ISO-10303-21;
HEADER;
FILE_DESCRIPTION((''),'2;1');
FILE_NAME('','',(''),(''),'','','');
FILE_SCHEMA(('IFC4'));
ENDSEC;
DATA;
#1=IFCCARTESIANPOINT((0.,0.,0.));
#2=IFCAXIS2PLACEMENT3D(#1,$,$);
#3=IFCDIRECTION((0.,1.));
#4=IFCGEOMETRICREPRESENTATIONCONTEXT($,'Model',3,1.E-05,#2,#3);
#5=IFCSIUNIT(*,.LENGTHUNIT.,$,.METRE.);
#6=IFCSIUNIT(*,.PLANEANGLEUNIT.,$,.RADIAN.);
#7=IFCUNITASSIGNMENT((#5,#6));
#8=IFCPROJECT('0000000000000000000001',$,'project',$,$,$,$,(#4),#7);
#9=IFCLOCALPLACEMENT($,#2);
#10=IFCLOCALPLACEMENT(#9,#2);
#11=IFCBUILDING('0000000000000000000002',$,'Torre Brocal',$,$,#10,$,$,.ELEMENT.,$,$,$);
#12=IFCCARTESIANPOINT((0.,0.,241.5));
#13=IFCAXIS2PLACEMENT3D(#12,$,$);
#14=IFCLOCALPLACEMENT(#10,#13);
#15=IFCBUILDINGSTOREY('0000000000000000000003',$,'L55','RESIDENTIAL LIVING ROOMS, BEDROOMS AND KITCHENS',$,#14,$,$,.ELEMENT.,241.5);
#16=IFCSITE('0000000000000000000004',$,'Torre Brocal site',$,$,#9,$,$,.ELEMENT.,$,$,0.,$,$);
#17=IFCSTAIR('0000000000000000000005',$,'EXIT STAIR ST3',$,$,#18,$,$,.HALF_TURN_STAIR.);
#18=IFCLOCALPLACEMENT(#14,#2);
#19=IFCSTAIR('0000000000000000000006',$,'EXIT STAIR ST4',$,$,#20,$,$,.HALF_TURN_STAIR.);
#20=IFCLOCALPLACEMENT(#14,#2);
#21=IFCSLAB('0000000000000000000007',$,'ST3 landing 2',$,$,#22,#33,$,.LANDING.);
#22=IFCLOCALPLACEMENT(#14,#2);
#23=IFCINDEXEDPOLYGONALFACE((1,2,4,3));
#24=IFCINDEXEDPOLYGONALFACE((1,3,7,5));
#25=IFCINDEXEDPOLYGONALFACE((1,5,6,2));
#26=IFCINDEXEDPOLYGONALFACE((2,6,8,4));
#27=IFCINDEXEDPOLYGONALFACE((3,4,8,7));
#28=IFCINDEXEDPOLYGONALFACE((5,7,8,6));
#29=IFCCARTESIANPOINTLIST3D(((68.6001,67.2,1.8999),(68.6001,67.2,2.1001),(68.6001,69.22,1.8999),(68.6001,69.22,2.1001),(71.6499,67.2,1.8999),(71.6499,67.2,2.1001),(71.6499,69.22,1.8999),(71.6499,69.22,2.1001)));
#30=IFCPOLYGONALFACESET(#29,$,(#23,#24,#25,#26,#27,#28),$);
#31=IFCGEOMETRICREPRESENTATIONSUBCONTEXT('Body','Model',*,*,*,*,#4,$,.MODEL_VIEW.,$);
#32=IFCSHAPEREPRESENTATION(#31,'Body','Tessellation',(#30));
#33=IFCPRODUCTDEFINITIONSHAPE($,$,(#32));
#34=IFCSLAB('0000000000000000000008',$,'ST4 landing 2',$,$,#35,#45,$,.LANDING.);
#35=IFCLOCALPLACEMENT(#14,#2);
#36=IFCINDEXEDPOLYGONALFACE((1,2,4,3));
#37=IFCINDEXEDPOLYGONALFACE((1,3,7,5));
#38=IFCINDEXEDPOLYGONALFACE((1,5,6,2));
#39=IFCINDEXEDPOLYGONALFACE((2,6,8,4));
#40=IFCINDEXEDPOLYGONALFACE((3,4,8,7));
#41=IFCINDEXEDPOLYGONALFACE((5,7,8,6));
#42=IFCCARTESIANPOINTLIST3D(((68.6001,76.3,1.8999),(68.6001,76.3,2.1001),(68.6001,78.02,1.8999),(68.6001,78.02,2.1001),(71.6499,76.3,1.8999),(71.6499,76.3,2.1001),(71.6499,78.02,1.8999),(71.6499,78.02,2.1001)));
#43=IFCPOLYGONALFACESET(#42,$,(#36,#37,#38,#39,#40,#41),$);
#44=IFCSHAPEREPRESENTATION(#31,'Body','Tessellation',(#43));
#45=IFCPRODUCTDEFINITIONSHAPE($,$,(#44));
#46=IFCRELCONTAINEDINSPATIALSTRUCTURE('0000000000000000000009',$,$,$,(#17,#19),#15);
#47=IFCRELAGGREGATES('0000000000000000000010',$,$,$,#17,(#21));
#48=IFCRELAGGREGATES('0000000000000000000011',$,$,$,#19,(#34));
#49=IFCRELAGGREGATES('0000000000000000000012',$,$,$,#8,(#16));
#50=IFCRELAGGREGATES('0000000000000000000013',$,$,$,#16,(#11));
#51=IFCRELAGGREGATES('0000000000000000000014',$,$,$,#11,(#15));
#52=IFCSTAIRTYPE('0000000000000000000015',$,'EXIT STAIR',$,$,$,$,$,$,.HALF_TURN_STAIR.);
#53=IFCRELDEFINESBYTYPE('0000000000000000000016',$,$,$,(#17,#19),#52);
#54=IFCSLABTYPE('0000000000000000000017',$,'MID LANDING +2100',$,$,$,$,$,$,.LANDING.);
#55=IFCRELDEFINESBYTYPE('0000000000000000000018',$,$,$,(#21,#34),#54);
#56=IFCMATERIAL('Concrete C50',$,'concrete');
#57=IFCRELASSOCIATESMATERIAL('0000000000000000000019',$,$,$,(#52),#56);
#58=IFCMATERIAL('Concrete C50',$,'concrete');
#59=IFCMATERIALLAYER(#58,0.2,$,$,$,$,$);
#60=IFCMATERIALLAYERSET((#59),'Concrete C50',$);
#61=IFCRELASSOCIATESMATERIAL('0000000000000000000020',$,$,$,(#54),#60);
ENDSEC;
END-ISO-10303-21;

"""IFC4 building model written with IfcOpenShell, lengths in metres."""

from ifc_helpers import new_model, si_unit, direction, frame, origin, place, context, subcontext, project, spatial, polyline, outline, extrude, material, layer, layer_set, type_object, element, aggregate, save


model = new_model("IFC4")

# Units and contexts
model_context = context("Model", 3, precision=1e-05, world=origin(), true_north=direction((0.0, 1.0)))
body_context = subcontext(model_context, "Body", "Model", "MODEL_VIEW")
ifc_project = project(units=[si_unit("LENGTHUNIT", "METRE"), si_unit("PLANEANGLEUNIT", "RADIAN")], contexts=[model_context])

# Site, building, storey
site_placement = place(None, origin())
site = spatial("IfcSite", under=ifc_project, at=site_placement, Name="Torre Brocal site", CompositionType="ELEMENT", RefElevation=0.0)
building_placement = place(site_placement, origin())
building = spatial("IfcBuilding", under=site, at=building_placement, Name="Torre Brocal", CompositionType="ELEMENT")
storey_placement = place(building_placement, frame((0.0, 0.0, 241.5)))
storey = spatial("IfcBuildingStorey", under=building, at=storey_placement, Name="L55", Description="RESIDENTIAL LIVING ROOMS, BEDROOMS AND KITCHENS", CompositionType="ELEMENT", Elevation=241.5)

# Stairs
ifc_material_1 = material(Name="Concrete C50", Category="concrete")
stair_type = type_object("IfcStairType", Name="EXIT STAIR", PredefinedType="HALF_TURN_STAIR", material=ifc_material_1)
stair_1_placement = place(storey_placement, origin())
stair_1 = element("IfcStair", 1, at=stair_1_placement, inside=storey, type_object=stair_type, Name="EXIT STAIR ST3", PredefinedType="HALF_TURN_STAIR")
stair_2_placement = place(storey_placement, origin())
stair_2 = element("IfcStair", 2, at=stair_2_placement, inside=storey, type_object=stair_type, Name="EXIT STAIR ST4", PredefinedType="HALF_TURN_STAIR")

# Slabs
ifc_material_2 = material(Name="Concrete C50", Category="concrete")
ifc_layer_1 = layer(ifc_material_2, 0.2)
ifc_layer_set_1 = layer_set([ifc_layer_1], Name="Concrete C50")
slab_type_1 = type_object("IfcSlabType", Name="MID LANDING +2100", PredefinedType="LANDING", material=ifc_layer_set_1)
slab_1_placement = place(storey_placement, frame((0.0, 0.0, 1.8999)))
slab_1 = element("IfcSlab", 3, at=slab_1_placement, type_object=slab_type_1, Name="ST3 landing 2", PredefinedType="LANDING", context=body_context, shape_type="SweptSolid", body=[
    extrude(outline(polyline([(71.6499, 69.22), (68.6001, 69.22), (68.6001, 67.2), (71.6499, 67.2), (71.6499, 69.22)])), origin(), (0.0, 0.0, 1.0), 0.2002),
])
aggregate(stair_1, [slab_1])
slab_2_placement = place(storey_placement, frame((0.0, 0.0, 1.8999)))
slab_2 = element("IfcSlab", 4, at=slab_2_placement, type_object=slab_type_1, Name="ST4 landing 2", PredefinedType="LANDING", context=body_context, shape_type="SweptSolid", body=[
    extrude(outline(polyline([(71.6499, 78.02), (68.6001, 78.02), (68.6001, 76.3), (71.6499, 76.3), (71.6499, 78.02)])), origin(), (0.0, 0.0, 1.0), 0.2002),
])
aggregate(stair_2, [slab_2])

save(model, "model.ifc")
